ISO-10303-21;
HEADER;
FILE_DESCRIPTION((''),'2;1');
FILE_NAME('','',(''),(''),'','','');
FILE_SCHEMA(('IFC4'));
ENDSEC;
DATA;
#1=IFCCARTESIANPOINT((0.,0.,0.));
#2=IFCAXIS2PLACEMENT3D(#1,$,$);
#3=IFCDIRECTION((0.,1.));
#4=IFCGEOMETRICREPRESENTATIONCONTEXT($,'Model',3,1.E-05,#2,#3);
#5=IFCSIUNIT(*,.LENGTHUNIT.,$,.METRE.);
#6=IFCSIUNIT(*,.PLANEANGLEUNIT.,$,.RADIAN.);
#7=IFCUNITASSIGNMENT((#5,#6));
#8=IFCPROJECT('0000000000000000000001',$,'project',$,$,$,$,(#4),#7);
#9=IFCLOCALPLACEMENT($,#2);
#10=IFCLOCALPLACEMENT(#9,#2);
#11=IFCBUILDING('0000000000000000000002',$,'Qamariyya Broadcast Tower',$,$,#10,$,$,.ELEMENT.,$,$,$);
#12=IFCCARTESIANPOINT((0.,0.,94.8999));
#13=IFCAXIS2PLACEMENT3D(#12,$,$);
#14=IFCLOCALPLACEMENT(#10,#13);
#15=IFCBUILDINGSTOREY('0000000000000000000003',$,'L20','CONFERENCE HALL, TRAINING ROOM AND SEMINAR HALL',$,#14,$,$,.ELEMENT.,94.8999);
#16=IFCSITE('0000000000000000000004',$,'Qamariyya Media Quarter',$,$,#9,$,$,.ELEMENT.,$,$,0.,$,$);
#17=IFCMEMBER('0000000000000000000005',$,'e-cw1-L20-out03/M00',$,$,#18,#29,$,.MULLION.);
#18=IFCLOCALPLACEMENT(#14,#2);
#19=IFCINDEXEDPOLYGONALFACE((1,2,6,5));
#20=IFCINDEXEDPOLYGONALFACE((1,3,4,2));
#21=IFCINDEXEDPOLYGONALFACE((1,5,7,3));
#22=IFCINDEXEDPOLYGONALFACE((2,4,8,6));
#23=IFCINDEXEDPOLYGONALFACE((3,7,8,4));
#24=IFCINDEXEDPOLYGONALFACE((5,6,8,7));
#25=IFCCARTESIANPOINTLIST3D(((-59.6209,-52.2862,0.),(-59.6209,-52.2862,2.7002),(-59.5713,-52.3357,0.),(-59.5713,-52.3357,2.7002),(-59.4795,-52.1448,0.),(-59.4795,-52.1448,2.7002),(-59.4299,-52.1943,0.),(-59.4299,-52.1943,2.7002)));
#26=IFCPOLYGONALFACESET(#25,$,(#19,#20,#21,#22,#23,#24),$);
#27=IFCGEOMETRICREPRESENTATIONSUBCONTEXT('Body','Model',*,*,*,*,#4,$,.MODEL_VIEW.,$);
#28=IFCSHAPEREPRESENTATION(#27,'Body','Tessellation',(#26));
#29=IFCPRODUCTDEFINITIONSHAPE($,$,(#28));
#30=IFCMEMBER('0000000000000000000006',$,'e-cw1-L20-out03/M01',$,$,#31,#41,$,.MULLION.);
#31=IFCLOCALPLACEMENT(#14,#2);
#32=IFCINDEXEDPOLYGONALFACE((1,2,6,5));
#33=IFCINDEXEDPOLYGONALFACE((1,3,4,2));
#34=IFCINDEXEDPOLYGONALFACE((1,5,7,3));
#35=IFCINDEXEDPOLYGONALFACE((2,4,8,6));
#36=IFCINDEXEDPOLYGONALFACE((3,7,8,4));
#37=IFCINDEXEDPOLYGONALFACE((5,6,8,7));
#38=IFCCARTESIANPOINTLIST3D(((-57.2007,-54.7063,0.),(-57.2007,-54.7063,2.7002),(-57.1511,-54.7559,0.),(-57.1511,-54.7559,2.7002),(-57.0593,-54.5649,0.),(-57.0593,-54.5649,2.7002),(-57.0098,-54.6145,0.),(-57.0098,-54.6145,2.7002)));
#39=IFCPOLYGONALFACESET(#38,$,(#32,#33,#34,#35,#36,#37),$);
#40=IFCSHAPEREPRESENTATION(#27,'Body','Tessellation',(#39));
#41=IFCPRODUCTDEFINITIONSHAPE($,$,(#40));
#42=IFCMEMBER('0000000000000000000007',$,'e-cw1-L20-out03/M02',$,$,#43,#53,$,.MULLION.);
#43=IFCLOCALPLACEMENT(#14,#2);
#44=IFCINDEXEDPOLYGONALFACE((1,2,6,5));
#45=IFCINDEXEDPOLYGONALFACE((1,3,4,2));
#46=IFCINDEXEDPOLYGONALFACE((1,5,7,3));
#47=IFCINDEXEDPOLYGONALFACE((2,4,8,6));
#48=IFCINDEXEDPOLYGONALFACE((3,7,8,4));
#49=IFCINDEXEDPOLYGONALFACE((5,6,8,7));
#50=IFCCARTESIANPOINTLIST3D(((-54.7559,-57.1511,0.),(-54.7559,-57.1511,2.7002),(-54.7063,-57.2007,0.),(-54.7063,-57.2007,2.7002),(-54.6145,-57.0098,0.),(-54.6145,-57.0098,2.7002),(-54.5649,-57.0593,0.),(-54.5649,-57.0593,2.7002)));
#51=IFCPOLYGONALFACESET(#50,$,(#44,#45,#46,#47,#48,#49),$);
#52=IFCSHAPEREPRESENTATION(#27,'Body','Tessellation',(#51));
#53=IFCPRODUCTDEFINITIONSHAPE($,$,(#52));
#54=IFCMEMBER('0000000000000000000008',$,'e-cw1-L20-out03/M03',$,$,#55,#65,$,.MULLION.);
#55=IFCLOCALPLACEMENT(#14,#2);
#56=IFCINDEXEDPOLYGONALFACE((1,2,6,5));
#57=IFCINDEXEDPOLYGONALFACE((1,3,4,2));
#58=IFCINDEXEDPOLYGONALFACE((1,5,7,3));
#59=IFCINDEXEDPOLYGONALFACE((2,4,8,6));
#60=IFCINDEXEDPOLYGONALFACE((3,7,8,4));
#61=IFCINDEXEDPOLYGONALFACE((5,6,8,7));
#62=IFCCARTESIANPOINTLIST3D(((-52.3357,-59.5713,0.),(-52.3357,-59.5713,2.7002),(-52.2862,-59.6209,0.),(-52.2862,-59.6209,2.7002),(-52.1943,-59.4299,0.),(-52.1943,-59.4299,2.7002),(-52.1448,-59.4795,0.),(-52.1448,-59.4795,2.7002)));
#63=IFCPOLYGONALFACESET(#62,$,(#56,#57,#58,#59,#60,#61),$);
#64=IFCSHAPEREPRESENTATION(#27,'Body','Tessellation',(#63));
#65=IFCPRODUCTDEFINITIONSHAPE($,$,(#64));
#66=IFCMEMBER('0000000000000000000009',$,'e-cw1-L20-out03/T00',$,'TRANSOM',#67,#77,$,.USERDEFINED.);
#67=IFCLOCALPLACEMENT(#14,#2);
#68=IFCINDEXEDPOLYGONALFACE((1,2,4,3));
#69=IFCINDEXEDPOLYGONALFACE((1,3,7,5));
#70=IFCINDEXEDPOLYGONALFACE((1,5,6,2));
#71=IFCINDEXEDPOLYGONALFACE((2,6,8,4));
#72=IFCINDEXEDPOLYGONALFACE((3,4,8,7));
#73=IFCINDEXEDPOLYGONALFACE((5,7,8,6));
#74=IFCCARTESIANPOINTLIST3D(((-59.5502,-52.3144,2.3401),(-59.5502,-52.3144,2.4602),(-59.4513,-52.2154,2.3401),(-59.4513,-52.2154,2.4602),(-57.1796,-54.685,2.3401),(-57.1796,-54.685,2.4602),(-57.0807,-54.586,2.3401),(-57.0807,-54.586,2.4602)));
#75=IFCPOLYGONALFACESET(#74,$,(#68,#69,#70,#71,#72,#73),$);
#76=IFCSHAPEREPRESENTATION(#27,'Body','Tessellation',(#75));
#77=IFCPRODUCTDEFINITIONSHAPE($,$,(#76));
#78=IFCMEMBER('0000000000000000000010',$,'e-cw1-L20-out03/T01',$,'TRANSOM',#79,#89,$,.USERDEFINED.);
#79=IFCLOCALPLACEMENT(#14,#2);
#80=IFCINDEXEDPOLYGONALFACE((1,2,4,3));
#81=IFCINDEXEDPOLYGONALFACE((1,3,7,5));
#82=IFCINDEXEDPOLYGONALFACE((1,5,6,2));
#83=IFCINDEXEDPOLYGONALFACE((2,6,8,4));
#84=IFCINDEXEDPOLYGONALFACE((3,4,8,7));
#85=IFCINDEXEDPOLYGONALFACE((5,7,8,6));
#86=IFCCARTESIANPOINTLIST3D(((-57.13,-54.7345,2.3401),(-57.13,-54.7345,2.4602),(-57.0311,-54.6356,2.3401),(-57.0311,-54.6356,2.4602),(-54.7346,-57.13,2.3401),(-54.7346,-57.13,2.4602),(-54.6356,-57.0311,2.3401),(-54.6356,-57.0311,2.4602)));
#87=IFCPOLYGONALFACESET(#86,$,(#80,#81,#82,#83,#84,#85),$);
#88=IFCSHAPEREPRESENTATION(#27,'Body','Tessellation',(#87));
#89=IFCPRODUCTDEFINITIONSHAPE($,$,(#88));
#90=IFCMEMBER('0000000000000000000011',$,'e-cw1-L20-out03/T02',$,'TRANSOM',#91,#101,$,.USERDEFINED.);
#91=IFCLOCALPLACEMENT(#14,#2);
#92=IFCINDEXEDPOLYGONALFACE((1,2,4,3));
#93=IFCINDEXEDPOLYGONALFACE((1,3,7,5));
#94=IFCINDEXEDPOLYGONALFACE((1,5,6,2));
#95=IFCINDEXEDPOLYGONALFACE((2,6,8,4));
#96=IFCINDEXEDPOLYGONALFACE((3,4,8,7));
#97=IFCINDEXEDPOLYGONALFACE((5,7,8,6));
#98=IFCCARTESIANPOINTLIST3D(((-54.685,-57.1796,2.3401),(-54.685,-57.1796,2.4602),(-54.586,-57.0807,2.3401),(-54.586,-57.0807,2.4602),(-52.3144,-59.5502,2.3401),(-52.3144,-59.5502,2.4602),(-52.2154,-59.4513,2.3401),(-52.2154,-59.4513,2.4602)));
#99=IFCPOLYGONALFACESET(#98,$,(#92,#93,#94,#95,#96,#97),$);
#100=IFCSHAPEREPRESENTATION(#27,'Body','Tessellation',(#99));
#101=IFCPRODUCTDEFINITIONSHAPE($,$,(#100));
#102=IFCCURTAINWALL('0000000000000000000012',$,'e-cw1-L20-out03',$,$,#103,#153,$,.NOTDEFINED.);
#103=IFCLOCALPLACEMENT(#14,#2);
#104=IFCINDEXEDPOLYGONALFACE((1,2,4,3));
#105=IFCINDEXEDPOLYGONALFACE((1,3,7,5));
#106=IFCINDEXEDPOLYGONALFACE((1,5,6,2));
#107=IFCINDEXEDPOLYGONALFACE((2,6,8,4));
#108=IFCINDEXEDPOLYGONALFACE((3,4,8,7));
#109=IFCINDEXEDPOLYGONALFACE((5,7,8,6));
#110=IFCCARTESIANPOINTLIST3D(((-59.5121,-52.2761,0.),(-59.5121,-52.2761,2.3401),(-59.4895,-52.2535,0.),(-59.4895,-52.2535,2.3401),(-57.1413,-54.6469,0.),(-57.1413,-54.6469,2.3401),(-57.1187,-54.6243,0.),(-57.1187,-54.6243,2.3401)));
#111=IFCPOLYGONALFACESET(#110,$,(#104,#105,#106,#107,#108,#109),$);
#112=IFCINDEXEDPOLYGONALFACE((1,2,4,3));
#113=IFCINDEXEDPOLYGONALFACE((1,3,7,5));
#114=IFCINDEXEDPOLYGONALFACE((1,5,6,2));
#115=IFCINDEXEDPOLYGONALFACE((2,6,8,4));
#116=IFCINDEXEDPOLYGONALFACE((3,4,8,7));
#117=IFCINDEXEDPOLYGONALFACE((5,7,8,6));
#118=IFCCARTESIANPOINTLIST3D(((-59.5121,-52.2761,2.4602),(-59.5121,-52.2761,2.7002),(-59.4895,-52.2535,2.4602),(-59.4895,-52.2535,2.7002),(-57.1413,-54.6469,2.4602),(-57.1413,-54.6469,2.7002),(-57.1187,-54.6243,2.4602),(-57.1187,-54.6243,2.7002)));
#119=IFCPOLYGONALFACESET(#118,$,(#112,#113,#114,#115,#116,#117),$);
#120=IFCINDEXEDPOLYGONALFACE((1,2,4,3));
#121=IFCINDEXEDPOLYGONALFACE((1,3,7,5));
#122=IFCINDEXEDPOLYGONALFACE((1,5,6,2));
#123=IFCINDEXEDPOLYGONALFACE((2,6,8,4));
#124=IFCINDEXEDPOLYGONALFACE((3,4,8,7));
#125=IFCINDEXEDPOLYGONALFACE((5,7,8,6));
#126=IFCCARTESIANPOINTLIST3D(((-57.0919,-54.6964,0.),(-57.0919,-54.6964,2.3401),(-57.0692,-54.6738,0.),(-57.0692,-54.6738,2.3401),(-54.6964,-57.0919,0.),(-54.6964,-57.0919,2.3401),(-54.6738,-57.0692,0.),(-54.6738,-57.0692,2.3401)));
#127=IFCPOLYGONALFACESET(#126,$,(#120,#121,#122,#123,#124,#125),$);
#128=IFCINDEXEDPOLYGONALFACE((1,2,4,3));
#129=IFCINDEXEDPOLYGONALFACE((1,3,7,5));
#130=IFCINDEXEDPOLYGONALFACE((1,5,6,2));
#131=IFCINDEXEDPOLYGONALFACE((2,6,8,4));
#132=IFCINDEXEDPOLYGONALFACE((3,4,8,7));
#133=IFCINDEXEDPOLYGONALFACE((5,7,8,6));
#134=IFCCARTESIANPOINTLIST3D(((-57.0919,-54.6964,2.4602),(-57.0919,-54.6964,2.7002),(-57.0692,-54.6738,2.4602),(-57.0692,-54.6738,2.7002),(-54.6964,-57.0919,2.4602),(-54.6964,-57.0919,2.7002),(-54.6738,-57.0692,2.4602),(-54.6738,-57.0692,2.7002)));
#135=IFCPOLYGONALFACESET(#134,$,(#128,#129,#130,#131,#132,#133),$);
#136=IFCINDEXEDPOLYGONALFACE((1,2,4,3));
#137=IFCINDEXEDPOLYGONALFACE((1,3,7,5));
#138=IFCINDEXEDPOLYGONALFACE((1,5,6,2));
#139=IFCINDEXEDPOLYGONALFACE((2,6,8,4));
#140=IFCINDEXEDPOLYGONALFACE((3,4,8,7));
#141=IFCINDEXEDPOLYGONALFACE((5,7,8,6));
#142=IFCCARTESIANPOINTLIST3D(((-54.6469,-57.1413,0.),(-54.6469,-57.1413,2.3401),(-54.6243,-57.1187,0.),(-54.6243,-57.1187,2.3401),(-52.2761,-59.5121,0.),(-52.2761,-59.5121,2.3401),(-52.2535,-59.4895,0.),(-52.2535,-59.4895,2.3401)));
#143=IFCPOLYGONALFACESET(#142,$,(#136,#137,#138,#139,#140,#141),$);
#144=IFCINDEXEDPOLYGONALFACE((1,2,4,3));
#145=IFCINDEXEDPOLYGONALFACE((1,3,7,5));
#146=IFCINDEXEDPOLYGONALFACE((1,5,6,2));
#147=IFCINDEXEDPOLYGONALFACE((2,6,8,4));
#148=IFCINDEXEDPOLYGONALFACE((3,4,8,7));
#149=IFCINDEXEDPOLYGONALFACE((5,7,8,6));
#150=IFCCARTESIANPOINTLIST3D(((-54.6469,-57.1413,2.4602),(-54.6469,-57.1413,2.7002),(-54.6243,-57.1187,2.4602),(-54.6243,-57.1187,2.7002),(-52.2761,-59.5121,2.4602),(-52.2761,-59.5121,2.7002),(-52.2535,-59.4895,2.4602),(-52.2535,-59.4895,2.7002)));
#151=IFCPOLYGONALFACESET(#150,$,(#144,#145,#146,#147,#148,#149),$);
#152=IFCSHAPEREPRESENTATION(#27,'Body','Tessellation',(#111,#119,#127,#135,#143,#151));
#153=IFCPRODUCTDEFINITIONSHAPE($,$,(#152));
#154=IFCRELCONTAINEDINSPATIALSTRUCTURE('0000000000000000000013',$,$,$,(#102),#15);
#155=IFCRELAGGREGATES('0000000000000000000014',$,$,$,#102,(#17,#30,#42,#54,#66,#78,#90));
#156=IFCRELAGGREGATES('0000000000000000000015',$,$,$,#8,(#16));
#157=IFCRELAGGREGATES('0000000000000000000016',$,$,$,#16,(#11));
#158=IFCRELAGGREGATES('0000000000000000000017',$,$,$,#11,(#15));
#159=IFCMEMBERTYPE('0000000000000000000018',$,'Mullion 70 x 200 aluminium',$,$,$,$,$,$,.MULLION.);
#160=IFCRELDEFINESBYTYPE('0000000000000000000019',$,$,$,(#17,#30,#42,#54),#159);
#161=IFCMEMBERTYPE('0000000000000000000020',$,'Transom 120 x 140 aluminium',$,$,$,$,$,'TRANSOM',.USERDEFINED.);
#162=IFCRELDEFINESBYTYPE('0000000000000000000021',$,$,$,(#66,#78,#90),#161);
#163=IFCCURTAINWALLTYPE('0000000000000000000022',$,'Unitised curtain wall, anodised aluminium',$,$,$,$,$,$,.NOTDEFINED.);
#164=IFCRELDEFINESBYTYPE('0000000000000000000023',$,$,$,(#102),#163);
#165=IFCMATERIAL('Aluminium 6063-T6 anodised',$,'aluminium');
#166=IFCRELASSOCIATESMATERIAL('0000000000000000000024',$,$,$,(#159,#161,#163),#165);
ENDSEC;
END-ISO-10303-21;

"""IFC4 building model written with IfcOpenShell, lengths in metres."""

from ifc_helpers import new_model, si_unit, direction, frame, origin, origin_2d, place, context, subcontext, project, spatial, rectangle, extrude, material, material_profile, profile_set, type_object, element, aggregate, save


model = new_model("IFC4")

# Units and contexts
model_context = context("Model", 3, precision=1e-05, world=origin(), true_north=direction((0.0, 1.0)))
body_context = subcontext(model_context, "Body", "Model", "MODEL_VIEW")
ifc_project = project(units=[si_unit("LENGTHUNIT", "METRE"), si_unit("PLANEANGLEUNIT", "RADIAN")], contexts=[model_context])

# Members
ifc_material_1 = material(Name="Aluminium 6063-T6 anodised", Category="aluminium")
ifc_material_profile_1 = material_profile(ifc_material_1, rectangle(XDim=0.2, YDim=0.0701, at=origin_2d()))
ifc_profile_set_1 = profile_set([ifc_material_profile_1], Name="Aluminium 6063-T6 anodised")
member_type_1 = type_object("IfcMemberType", Name="Mullion 70 x 200 aluminium", PredefinedType="MULLION", material=ifc_profile_set_1)
site_placement = place(None, origin())
building_placement = place(site_placement, origin())
storey_placement = place(building_placement, frame((0.0, 0.0, 94.8999)))
member_1_placement = place(storey_placement, frame((-59.5254, -52.2402, 0.0), z_axis=(0.0, 0.0, 1.0), x_axis=(0.707107, 0.707107, 0.0)))
member_1 = element("IfcMember", 1, at=member_1_placement, type_object=member_type_1, Name="e-cw1-L20-out03/M00", PredefinedType="MULLION", context=body_context, shape_type="SweptSolid", body=[
    extrude(rectangle(XDim=0.2, YDim=0.0701, at=origin_2d()), origin(), (0.0, 0.0, 1.0), 2.7002),
])
member_2_placement = place(storey_placement, frame((-57.1052, -54.6604, 0.0), z_axis=(0.0, 0.0, 1.0), x_axis=(0.707107, 0.707107, 0.0)))
member_2 = element("IfcMember", 2, at=member_2_placement, type_object=member_type_1, Name="e-cw1-L20-out03/M01", PredefinedType="MULLION", context=body_context, shape_type="SweptSolid", body=[
    extrude(rectangle(XDim=0.2, YDim=0.0701, at=origin_2d()), origin(), (0.0, 0.0, 1.0), 2.7002),
])
member_3_placement = place(storey_placement, frame((-54.6604, -57.1052, 0.0), z_axis=(0.0, 0.0, 1.0), x_axis=(0.707107, 0.707107, 0.0)))
member_3 = element("IfcMember", 3, at=member_3_placement, type_object=member_type_1, Name="e-cw1-L20-out03/M02", PredefinedType="MULLION", context=body_context, shape_type="SweptSolid", body=[
    extrude(rectangle(XDim=0.2, YDim=0.0701, at=origin_2d()), origin(), (0.0, 0.0, 1.0), 2.7002),
])
member_4_placement = place(storey_placement, frame((-52.2402, -59.5254, 0.0), z_axis=(0.0, 0.0, 1.0), x_axis=(0.707107, 0.707107, 0.0)))
member_4 = element("IfcMember", 4, at=member_4_placement, type_object=member_type_1, Name="e-cw1-L20-out03/M03", PredefinedType="MULLION", context=body_context, shape_type="SweptSolid", body=[
    extrude(rectangle(XDim=0.2, YDim=0.0701, at=origin_2d()), origin(), (0.0, 0.0, 1.0), 2.7002),
])
ifc_material_profile_2 = material_profile(ifc_material_1, rectangle(XDim=0.1399, YDim=0.1201, at=origin_2d()))
ifc_profile_set_2 = profile_set([ifc_material_profile_2], Name="Aluminium 6063-T6 anodised")
member_type_2 = type_object("IfcMemberType", Name="Transom 120 x 140 aluminium", ElementType="TRANSOM", PredefinedType="USERDEFINED", material=ifc_profile_set_2)
member_5_placement = place(storey_placement, frame((-59.5007, -52.2649, 2.4001), z_axis=(0.707107, -0.707107, 0.0), x_axis=(0.707107, 0.707107, 0.0)))
member_5 = element("IfcMember", 5, at=member_5_placement, type_object=member_type_2, Name="e-cw1-L20-out03/T00", ObjectType="TRANSOM", PredefinedType="USERDEFINED", context=body_context, shape_type="SweptSolid", body=[
    extrude(rectangle(XDim=0.1399, YDim=0.1201, at=origin_2d()), origin(), (0.0, 0.0, 1.0), 3.3525),
])
member_6_placement = place(storey_placement, frame((-57.0806, -54.6851, 2.4001), z_axis=(0.707107, -0.707107, 0.0), x_axis=(0.707107, 0.707107, 0.0)))
member_6 = element("IfcMember", 6, at=member_6_placement, type_object=member_type_2, Name="e-cw1-L20-out03/T01", ObjectType="TRANSOM", PredefinedType="USERDEFINED", context=body_context, shape_type="SweptSolid", body=[
    extrude(rectangle(XDim=0.1399, YDim=0.1201, at=origin_2d()), origin(), (0.0, 0.0, 1.0), 3.3877),
])
member_7_placement = place(storey_placement, frame((-54.6355, -57.1301, 2.4001), z_axis=(0.707107, -0.707107, 0.0), x_axis=(0.707107, 0.707107, 0.0)))
member_7 = element("IfcMember", 7, at=member_7_placement, type_object=member_type_2, Name="e-cw1-L20-out03/T02", ObjectType="TRANSOM", PredefinedType="USERDEFINED", context=body_context, shape_type="SweptSolid", body=[
    extrude(rectangle(XDim=0.1399, YDim=0.1201, at=origin_2d()), origin(), (0.0, 0.0, 1.0), 3.3525),
])

# Site, building, storey
site = spatial("IfcSite", under=ifc_project, at=site_placement, Name="Qamariyya Media Quarter", CompositionType="ELEMENT", RefElevation=0.0)
building = spatial("IfcBuilding", under=site, at=building_placement, Name="Qamariyya Broadcast Tower", CompositionType="ELEMENT")
storey = spatial("IfcBuildingStorey", under=building, at=storey_placement, Name="L20", Description="CONFERENCE HALL, TRAINING ROOM AND SEMINAR HALL", CompositionType="ELEMENT", Elevation=94.8999)

# Curtain wall
curtain_wall_type = type_object("IfcCurtainWallType", Name="Unitised curtain wall, anodised aluminium", PredefinedType="NOTDEFINED", material=ifc_material_1)
curtain_wall_1_placement = place(storey_placement, origin())
curtain_wall_1 = element("IfcCurtainWall", 8, at=curtain_wall_1_placement, inside=storey, type_object=curtain_wall_type, Name="e-cw1-L20-out03", PredefinedType="NOTDEFINED", context=body_context, shape_type="SweptSolid", body=[
    extrude(rectangle(XDim=3.3528, YDim=0.032, at=origin_2d()), frame((-58.3154, -53.4502, 0.0), x_axis=(0.707107, -0.707107, 0.0)), (0.0, 0.0, 1.0), 2.3401),
    extrude(rectangle(XDim=3.3528, YDim=0.032, at=origin_2d()), frame((-58.3154, -53.4502, 2.4602), x_axis=(0.707107, -0.707107, 0.0)), (0.0, 0.0, 1.0), 0.24),
    extrude(rectangle(XDim=3.3877, YDim=0.032, at=origin_2d()), frame((-55.8828, -55.8828, 0.0), x_axis=(0.707107, -0.707107, 0.0)), (0.0, 0.0, 1.0), 2.3401),
    extrude(rectangle(XDim=3.3877, YDim=0.032, at=origin_2d()), frame((-55.8828, -55.8828, 2.4602), x_axis=(0.707107, -0.707107, 0.0)), (0.0, 0.0, 1.0), 0.24),
    extrude(rectangle(XDim=3.3528, YDim=0.032, at=origin_2d()), frame((-53.4502, -58.3154, 0.0), x_axis=(0.707107, -0.707107, 0.0)), (0.0, 0.0, 1.0), 2.3401),
    extrude(rectangle(XDim=3.3528, YDim=0.032, at=origin_2d()), frame((-53.4502, -58.3154, 2.4602), x_axis=(0.707107, -0.707107, 0.0)), (0.0, 0.0, 1.0), 0.24),
])
aggregate(curtain_wall_1, [member_1, member_2, member_3, member_4, member_5, member_6, member_7])

save(model, "model.ifc")
